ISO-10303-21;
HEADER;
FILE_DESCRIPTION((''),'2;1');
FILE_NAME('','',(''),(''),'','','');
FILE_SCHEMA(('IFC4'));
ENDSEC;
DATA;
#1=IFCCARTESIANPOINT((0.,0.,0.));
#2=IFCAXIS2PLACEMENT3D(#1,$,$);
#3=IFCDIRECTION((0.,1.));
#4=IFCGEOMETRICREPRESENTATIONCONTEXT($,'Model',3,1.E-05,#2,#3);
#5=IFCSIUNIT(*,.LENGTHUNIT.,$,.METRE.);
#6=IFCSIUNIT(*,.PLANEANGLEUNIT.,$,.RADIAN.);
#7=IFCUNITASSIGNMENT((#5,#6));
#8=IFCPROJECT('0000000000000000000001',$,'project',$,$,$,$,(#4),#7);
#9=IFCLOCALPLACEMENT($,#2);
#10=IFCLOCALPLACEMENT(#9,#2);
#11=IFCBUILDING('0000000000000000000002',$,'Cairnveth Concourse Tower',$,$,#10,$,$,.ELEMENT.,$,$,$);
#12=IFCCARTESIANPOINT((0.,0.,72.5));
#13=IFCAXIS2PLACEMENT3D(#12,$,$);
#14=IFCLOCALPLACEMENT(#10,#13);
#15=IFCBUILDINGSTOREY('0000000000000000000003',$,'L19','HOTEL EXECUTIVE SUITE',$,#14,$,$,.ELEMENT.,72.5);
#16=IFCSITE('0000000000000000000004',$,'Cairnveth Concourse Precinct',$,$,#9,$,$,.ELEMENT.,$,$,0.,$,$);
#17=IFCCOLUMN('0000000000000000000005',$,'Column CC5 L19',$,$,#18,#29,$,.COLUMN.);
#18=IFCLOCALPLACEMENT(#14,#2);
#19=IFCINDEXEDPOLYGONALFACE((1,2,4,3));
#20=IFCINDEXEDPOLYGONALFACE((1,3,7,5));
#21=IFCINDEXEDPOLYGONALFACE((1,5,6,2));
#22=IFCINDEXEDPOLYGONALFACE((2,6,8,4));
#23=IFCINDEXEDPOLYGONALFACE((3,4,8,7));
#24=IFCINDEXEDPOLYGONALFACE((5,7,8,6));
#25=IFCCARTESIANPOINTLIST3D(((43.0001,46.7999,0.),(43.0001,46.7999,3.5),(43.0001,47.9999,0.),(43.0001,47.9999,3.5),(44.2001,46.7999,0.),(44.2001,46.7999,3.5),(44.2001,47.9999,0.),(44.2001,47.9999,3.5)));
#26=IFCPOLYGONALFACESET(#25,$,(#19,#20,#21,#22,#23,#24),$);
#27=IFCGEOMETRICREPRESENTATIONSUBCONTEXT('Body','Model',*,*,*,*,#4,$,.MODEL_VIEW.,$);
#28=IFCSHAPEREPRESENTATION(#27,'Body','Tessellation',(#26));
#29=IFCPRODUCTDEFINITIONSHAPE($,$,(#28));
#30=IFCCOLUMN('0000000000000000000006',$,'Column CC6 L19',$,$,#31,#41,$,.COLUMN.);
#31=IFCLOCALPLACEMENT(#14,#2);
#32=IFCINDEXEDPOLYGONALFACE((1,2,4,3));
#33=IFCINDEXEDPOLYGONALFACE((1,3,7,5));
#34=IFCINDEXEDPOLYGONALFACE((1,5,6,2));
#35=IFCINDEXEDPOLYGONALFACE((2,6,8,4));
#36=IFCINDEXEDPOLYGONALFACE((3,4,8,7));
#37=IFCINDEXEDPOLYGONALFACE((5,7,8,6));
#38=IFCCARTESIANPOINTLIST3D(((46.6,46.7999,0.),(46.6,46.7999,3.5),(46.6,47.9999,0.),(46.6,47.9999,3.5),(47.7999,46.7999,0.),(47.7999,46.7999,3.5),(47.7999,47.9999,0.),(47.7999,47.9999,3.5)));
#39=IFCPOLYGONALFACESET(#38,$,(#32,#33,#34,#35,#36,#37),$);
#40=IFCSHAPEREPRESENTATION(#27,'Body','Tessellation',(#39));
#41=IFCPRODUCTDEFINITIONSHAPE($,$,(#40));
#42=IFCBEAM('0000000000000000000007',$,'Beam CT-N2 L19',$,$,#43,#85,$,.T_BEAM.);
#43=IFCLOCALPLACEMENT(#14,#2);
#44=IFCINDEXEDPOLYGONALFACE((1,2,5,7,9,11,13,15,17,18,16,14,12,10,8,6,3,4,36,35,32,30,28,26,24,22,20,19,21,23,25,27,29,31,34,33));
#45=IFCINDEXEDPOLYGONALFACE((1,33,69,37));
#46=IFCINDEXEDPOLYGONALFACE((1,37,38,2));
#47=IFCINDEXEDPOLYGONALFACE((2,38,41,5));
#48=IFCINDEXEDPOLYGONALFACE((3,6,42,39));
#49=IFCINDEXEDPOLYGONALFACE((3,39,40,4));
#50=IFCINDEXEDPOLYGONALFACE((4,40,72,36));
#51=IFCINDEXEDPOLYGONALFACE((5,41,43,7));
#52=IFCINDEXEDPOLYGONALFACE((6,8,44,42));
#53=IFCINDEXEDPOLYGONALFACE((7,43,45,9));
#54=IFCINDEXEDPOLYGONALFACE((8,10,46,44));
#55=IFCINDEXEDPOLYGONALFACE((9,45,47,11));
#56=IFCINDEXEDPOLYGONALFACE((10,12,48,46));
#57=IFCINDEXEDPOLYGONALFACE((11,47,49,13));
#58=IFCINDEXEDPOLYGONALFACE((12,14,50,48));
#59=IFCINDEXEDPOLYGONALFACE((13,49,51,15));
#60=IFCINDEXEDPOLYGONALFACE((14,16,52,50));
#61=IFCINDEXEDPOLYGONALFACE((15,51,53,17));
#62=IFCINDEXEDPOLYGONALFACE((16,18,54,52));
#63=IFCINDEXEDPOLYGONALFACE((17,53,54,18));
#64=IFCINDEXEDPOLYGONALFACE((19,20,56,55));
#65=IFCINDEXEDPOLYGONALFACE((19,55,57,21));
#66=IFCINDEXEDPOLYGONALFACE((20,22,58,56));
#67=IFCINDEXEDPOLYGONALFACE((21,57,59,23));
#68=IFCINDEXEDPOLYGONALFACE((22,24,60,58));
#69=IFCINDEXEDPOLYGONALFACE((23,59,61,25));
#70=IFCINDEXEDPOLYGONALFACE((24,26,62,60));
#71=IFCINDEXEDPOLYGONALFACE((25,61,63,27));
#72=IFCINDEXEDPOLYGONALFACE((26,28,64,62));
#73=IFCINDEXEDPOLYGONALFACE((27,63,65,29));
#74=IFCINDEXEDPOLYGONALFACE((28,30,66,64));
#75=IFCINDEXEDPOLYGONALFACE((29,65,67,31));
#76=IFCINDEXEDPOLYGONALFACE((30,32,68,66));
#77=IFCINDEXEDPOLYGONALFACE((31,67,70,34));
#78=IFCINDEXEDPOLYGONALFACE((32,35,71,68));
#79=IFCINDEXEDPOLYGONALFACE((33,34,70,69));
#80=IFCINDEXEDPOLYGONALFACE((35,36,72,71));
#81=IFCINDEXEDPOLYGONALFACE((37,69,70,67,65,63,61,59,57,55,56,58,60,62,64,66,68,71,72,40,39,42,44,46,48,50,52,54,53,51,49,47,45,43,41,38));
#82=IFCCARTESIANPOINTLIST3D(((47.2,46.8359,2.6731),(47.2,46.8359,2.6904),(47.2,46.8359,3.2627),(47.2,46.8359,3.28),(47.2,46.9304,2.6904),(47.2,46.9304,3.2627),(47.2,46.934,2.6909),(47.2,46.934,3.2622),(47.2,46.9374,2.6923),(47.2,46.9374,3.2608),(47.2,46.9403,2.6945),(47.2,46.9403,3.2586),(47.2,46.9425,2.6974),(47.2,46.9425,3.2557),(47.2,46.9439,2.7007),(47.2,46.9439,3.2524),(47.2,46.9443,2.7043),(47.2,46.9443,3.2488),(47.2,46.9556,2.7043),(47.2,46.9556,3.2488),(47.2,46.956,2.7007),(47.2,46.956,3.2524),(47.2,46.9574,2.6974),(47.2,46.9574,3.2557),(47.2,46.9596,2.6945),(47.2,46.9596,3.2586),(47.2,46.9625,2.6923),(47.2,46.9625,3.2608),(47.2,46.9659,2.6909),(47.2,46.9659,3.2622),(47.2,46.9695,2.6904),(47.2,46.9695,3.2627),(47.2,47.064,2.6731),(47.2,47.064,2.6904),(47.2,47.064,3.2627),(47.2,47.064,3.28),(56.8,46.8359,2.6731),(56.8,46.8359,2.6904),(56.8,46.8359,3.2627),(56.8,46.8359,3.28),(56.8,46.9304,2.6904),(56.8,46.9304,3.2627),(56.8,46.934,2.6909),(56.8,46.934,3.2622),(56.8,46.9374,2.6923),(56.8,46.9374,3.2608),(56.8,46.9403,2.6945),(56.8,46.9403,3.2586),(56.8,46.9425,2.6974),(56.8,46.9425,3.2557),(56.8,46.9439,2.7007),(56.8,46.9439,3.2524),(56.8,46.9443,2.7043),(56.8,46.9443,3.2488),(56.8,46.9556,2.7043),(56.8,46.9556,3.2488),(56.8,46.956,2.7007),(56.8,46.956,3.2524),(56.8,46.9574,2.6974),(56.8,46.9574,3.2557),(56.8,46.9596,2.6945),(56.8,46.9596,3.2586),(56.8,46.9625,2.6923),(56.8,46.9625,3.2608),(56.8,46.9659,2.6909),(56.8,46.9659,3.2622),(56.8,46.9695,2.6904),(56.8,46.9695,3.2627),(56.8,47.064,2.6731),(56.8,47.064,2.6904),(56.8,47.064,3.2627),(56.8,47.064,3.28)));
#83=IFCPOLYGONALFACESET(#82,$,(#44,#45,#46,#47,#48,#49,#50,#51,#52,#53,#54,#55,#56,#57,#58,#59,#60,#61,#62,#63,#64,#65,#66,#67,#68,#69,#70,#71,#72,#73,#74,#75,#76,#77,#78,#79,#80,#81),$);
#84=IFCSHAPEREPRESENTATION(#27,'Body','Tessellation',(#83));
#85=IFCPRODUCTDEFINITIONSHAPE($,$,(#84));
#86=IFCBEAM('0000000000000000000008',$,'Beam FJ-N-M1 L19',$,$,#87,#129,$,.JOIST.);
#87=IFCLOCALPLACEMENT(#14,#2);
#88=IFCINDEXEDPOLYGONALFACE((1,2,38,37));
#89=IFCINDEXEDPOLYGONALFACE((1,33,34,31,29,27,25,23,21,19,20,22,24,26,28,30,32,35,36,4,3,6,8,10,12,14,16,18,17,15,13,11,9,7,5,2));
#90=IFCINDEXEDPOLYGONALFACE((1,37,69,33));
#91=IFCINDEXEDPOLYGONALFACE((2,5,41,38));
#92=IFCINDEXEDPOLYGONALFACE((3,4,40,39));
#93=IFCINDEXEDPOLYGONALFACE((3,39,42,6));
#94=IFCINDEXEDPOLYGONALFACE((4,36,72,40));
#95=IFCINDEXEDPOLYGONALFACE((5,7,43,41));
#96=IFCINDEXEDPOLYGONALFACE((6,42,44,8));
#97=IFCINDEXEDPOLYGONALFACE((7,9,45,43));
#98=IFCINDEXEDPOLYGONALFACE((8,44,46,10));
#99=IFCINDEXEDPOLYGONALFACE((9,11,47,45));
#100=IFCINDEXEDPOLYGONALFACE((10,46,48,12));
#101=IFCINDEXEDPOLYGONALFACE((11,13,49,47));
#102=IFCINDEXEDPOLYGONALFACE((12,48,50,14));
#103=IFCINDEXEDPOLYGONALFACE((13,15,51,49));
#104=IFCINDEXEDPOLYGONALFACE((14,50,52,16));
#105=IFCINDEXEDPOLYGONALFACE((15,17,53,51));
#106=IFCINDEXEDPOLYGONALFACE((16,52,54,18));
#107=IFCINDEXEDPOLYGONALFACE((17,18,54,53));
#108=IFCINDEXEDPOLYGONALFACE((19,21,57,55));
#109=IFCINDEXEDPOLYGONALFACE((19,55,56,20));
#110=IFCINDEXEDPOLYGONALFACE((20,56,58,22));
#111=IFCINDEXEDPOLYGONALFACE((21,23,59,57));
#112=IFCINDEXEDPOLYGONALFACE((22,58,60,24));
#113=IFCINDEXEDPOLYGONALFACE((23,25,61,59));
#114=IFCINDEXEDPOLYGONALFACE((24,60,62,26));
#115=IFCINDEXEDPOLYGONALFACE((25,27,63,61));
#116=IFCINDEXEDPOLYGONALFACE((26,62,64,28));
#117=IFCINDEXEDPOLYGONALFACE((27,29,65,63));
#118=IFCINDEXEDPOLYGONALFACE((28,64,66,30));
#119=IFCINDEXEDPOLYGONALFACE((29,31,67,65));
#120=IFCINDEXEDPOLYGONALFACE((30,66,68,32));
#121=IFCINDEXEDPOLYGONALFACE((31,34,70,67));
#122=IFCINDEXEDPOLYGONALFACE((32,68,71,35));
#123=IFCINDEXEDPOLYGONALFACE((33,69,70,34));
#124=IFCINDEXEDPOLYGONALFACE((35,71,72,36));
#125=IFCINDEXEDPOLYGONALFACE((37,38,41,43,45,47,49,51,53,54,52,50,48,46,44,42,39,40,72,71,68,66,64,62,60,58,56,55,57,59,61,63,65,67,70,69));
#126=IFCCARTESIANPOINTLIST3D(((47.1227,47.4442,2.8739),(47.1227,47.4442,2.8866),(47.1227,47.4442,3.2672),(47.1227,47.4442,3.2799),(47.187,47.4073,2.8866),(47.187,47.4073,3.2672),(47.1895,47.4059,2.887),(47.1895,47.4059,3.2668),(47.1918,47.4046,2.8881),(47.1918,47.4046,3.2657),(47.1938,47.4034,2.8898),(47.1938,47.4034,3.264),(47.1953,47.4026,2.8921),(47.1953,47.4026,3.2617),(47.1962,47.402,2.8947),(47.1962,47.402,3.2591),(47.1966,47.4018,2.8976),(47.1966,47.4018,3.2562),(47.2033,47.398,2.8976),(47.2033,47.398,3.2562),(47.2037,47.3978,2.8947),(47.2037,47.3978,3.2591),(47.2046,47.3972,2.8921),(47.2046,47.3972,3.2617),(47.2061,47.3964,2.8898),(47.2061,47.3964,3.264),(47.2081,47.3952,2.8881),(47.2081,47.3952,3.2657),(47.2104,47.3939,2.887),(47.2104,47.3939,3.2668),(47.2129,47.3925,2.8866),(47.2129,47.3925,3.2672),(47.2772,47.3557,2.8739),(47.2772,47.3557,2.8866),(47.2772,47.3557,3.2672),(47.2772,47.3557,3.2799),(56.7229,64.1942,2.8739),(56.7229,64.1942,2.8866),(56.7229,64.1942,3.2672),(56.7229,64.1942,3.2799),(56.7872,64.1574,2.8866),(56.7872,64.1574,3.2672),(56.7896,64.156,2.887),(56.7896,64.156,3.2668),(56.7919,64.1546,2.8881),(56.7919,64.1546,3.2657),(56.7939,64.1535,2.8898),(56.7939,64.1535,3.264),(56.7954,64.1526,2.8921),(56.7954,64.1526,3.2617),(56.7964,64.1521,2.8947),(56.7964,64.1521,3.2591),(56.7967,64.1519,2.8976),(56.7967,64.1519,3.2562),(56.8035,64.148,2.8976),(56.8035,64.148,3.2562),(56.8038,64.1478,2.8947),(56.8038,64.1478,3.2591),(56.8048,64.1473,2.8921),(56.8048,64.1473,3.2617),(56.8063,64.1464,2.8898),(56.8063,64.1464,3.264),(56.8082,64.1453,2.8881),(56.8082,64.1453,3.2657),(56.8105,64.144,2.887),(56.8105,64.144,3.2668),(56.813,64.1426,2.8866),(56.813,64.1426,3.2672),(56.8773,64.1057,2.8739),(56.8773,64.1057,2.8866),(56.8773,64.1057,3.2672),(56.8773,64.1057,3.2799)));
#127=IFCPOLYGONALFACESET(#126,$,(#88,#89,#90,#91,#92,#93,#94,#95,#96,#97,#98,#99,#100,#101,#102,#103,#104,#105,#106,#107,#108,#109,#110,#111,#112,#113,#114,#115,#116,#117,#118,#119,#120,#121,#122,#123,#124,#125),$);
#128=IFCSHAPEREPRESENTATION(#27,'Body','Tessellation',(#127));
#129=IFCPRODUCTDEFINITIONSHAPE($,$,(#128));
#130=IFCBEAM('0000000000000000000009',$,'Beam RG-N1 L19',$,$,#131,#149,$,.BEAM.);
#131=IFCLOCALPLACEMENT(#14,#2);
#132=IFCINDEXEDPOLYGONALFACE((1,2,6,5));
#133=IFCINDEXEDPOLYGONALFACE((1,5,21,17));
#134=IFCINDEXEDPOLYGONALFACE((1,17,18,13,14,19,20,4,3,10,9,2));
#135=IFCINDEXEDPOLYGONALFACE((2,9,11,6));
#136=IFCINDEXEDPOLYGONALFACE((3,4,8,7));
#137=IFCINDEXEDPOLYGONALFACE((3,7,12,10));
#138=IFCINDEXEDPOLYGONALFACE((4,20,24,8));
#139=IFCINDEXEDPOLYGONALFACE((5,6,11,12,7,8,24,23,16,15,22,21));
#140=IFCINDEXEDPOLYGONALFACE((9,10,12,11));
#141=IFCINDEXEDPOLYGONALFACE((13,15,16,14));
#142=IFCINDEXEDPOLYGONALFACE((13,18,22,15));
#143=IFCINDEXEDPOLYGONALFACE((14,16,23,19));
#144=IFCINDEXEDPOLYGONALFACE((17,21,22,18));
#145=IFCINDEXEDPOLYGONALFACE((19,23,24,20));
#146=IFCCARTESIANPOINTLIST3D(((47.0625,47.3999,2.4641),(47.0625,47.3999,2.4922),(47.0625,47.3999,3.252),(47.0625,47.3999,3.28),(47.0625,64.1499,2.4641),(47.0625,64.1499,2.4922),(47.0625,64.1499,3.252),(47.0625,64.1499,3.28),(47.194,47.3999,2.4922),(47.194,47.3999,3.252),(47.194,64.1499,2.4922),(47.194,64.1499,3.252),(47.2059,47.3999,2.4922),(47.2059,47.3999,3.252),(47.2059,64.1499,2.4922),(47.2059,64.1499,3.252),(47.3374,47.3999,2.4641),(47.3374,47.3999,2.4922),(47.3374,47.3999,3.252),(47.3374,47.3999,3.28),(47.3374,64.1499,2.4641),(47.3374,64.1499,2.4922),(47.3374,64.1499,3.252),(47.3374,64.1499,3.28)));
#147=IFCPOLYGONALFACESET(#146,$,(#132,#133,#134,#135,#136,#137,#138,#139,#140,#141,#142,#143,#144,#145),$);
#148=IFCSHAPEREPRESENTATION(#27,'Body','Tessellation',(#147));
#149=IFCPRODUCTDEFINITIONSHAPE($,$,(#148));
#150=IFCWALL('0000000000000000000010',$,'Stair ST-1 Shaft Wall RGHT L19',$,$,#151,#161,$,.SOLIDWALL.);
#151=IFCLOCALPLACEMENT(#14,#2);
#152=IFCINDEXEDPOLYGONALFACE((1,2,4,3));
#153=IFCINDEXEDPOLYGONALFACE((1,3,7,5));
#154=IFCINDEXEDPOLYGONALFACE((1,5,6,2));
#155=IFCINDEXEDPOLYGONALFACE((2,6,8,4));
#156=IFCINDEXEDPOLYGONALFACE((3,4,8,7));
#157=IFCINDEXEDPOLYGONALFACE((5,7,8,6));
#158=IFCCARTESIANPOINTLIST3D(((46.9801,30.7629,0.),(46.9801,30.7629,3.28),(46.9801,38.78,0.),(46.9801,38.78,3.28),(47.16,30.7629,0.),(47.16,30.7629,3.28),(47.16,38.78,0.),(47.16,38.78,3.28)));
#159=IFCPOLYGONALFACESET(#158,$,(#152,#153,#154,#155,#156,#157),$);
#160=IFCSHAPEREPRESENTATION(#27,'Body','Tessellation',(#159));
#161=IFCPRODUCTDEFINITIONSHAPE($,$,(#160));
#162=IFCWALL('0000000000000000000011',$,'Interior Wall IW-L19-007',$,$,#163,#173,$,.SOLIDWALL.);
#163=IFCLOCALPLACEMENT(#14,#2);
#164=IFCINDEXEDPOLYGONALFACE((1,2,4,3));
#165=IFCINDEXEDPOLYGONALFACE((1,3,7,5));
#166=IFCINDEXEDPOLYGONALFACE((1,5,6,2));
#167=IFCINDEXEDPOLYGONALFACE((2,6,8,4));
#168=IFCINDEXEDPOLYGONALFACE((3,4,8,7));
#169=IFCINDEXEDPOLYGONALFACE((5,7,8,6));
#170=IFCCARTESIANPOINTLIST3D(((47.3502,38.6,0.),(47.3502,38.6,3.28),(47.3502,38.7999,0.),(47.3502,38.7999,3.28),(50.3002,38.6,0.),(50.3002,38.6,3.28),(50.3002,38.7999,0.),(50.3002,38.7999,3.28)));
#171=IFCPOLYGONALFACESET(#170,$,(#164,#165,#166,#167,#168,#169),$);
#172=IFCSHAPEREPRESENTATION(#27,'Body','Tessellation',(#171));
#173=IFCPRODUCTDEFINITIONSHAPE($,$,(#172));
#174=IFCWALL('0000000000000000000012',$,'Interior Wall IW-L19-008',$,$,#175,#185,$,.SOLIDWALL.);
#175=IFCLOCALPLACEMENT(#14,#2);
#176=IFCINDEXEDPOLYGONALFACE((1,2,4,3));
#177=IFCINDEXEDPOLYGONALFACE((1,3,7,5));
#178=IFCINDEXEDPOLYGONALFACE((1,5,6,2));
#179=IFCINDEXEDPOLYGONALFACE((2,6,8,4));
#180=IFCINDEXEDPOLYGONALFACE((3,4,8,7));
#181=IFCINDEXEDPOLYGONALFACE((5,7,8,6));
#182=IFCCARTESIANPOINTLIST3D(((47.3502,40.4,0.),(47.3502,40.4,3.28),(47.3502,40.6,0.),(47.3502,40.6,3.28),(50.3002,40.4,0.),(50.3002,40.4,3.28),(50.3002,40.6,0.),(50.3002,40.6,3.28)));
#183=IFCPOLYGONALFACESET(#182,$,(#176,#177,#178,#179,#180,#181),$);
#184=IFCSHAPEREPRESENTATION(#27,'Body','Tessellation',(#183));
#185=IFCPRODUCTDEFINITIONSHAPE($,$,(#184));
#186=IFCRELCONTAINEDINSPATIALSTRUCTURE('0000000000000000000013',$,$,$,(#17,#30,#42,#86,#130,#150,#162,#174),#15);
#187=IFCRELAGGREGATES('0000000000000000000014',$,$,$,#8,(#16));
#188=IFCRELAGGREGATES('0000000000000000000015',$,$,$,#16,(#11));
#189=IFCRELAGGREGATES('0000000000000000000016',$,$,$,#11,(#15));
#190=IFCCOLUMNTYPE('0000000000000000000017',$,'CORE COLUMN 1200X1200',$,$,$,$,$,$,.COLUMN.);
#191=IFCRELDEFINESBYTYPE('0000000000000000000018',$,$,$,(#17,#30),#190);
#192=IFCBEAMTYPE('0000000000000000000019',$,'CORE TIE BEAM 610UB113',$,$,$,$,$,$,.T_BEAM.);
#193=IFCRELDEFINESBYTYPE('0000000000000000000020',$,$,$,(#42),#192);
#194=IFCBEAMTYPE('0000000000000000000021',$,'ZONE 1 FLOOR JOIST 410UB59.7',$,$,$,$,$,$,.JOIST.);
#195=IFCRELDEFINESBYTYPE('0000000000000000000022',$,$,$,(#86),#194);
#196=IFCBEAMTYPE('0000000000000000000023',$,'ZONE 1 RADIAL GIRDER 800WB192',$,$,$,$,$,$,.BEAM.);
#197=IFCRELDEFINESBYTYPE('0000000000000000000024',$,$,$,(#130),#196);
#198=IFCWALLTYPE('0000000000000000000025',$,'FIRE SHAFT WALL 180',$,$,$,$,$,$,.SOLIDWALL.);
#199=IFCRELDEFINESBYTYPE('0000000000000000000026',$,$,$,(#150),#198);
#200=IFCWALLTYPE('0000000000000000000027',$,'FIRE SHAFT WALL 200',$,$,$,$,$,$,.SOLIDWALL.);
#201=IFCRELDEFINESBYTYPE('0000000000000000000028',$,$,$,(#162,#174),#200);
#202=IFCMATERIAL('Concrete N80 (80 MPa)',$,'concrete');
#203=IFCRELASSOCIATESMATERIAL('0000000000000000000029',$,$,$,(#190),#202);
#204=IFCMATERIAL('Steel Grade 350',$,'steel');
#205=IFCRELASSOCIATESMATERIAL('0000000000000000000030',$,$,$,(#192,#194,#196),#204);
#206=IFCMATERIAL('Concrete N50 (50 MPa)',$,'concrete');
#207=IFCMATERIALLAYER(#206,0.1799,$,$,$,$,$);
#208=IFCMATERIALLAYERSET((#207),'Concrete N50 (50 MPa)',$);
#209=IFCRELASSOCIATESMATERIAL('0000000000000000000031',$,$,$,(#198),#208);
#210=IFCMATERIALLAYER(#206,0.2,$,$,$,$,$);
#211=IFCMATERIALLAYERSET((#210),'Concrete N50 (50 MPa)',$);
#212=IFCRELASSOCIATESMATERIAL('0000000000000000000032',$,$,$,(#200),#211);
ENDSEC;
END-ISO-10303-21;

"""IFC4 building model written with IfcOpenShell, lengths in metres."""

from ifc_helpers import new_model, si_unit, direction, frame, frame_2d, origin, origin_2d, place, context, subcontext, project, spatial, rectangle, i_section, extrude, material, layer, layer_set, material_profile, profile_set, type_object, element, save


model = new_model("IFC4")

# Units and contexts
model_context = context("Model", 3, precision=1e-05, world=origin(), true_north=direction((0.0, 1.0)))
body_context = subcontext(model_context, "Body", "Model", "MODEL_VIEW")
ifc_project = project(units=[si_unit("LENGTHUNIT", "METRE"), si_unit("PLANEANGLEUNIT", "RADIAN")], contexts=[model_context])

# Site, building, storey
site_placement = place(None, origin())
site = spatial("IfcSite", under=ifc_project, at=site_placement, Name="Cairnveth Concourse Precinct", CompositionType="ELEMENT", RefElevation=0.0)
building_placement = place(site_placement, origin())
building = spatial("IfcBuilding", under=site, at=building_placement, Name="Cairnveth Concourse Tower", CompositionType="ELEMENT")
storey_placement = place(building_placement, frame((0.0, 0.0, 72.5)))
storey = spatial("IfcBuildingStorey", under=building, at=storey_placement, Name="L19", Description="HOTEL EXECUTIVE SUITE", CompositionType="ELEMENT", Elevation=72.5)

# Columns
ifc_material_1 = material(Name="Concrete N80 (80 MPa)", Category="concrete")
ifc_material_profile_1 = material_profile(ifc_material_1, rectangle(XDim=1.2, YDim=1.2, at=origin_2d()), Name="RC-COL-1200x1200")
ifc_profile_set_1 = profile_set([ifc_material_profile_1], Name="Concrete N80 (80 MPa)")
column_type = type_object("IfcColumnType", Name="CORE COLUMN 1200X1200", PredefinedType="COLUMN", material=ifc_profile_set_1)
for number, where, z_axis, x_axis, name in (
    (1, (43.6001, 47.3999, 0.0), (0.0, 0.0, 1.0), (1.0, 0.0, 0.0), "Column CC5 L19"),
    (2, (47.2, 47.3999, 0.0), (0.0, 0.0, 1.0), (1.0, 0.0, 0.0), "Column CC6 L19"),
):
    element("IfcColumn", number, at=place(storey_placement, frame(where, z_axis=z_axis, x_axis=x_axis)), inside=storey, type_object=column_type, Name=name, PredefinedType="COLUMN", context=body_context, shape_type="SweptSolid", body=[
        extrude(rectangle(XDim=1.2, YDim=1.2, at=origin_2d()), origin(), (0.0, 0.0, 1.0), 3.5),
    ])

# Beams
ifc_material_2 = material(Name="Steel Grade 350", Category="steel")
ifc_material_profile_2 = material_profile(ifc_material_2, i_section(OverallWidth=0.228, OverallDepth=0.6069, WebThickness=0.0112, FlangeThickness=0.0173, FilletRadius=0.0139, at=origin_2d()), Name="610UB113")
ifc_profile_set_2 = profile_set([ifc_material_profile_2], Name="Steel Grade 350")
beam_type_1 = type_object("IfcBeamType", Name="CORE TIE BEAM 610UB113", PredefinedType="T_BEAM", material=ifc_profile_set_2)
beam_1_placement = place(storey_placement, frame((47.2, 46.95, 2.9766), z_axis=(1.0, 0.0, 0.0), x_axis=(0.0, 1.0, 0.0)))
element("IfcBeam", 3, at=beam_1_placement, inside=storey, type_object=beam_type_1, Name="Beam CT-N2 L19", PredefinedType="T_BEAM", context=body_context, shape_type="SweptSolid", body=[
    extrude(i_section(OverallWidth=0.228, OverallDepth=0.6069, WebThickness=0.0112, FlangeThickness=0.0173, FilletRadius=0.0139, at=origin_2d()), origin(), (0.0, 0.0, 1.0), 9.6001),
])
ifc_material_profile_3 = material_profile(ifc_material_2, i_section(OverallWidth=0.178, OverallDepth=0.406, WebThickness=0.0078, FlangeThickness=0.0127, FilletRadius=0.011, at=origin_2d()), Name="410UB59.7")
ifc_profile_set_3 = profile_set([ifc_material_profile_3], Name="Steel Grade 350")
beam_type_2 = type_object("IfcBeamType", Name="ZONE 1 FLOOR JOIST 410UB59.7", PredefinedType="JOIST", material=ifc_profile_set_3)
beam_2_placement = place(storey_placement, frame((47.2, 47.3999, 3.0769), z_axis=(0.497258, 0.867603, 0.0), x_axis=(-0.867603, 0.497258, 0.0)))
element("IfcBeam", 4, at=beam_2_placement, inside=storey, type_object=beam_type_2, Name="Beam FJ-N-M1 L19", PredefinedType="JOIST", context=body_context, shape_type="SweptSolid", body=[
    extrude(i_section(OverallWidth=0.178, OverallDepth=0.406, WebThickness=0.0078, FlangeThickness=0.0127, FilletRadius=0.011, at=origin_2d()), origin(), (0.0, 0.0, 1.0), 19.3062),
])
ifc_material_profile_4 = material_profile(ifc_material_2, i_section(OverallWidth=0.2749, OverallDepth=0.8159, WebThickness=0.012, FlangeThickness=0.0281, at=origin_2d()), Name="800WB192")
ifc_profile_set_4 = profile_set([ifc_material_profile_4], Name="Steel Grade 350")
beam_type_3 = type_object("IfcBeamType", Name="ZONE 1 RADIAL GIRDER 800WB192", PredefinedType="BEAM", material=ifc_profile_set_4)
beam_3_placement = place(storey_placement, frame((47.2, 47.3999, 2.8721), z_axis=(0.0, 1.0, 0.0), x_axis=(-1.0, 0.0, 0.0)))
element("IfcBeam", 5, at=beam_3_placement, inside=storey, type_object=beam_type_3, Name="Beam RG-N1 L19", PredefinedType="BEAM", context=body_context, shape_type="SweptSolid", body=[
    extrude(i_section(OverallWidth=0.2749, OverallDepth=0.8159, WebThickness=0.012, FlangeThickness=0.0281, at=origin_2d()), origin(), (0.0, 0.0, 1.0), 16.75),
])

# Shared definitions
ifc_material_3 = material(Name="Concrete N50 (50 MPa)", Category="concrete")
ifc_layer_1 = layer(ifc_material_3, 0.1799)
ifc_layer_set_1 = layer_set([ifc_layer_1], Name="Concrete N50 (50 MPa)")
wall_type_1 = type_object("IfcWallType", Name="FIRE SHAFT WALL 180", PredefinedType="SOLIDWALL", material=ifc_layer_set_1)

# Walls
wall_1_placement = place(storey_placement, frame((47.0701, 38.78, 0.0), z_axis=(0.0, 0.0, 1.0), x_axis=(0.0, -1.0, 0.0)))
element("IfcWall", 6, at=wall_1_placement, inside=storey, type_object=wall_type_1, Name="Stair ST-1 Shaft Wall RGHT L19", PredefinedType="SOLIDWALL", context=body_context, shape_type="SweptSolid", body=[
    extrude(rectangle(XDim=8.0171, YDim=0.1799, at=frame_2d((4.0085, 0.0))), origin(), (0.0, 0.0, 1.0), 3.28),
])
ifc_layer_2 = layer(ifc_material_3, 0.2)
ifc_layer_set_2 = layer_set([ifc_layer_2], Name="Concrete N50 (50 MPa)")
wall_type_2 = type_object("IfcWallType", Name="FIRE SHAFT WALL 200", PredefinedType="SOLIDWALL", material=ifc_layer_set_2)
for number, where, z_axis, x_axis, name in (
    (7, (47.3501, 38.7, 0.0), (0.0, 0.0, 1.0), (1.0, 0.0, 0.0), "Interior Wall IW-L19-007"),
    (8, (47.3501, 40.5, 0.0), (0.0, 0.0, 1.0), (1.0, 0.0, 0.0), "Interior Wall IW-L19-008"),
):
    element("IfcWall", number, at=place(storey_placement, frame(where, z_axis=z_axis, x_axis=x_axis)), inside=storey, type_object=wall_type_2, Name=name, PredefinedType="SOLIDWALL", context=body_context, shape_type="SweptSolid", body=[
        extrude(rectangle(XDim=2.95, YDim=0.2, at=frame_2d((1.4751, 0.0))), origin(), (0.0, 0.0, 1.0), 3.28),
    ])

save(model, "model.ifc")
